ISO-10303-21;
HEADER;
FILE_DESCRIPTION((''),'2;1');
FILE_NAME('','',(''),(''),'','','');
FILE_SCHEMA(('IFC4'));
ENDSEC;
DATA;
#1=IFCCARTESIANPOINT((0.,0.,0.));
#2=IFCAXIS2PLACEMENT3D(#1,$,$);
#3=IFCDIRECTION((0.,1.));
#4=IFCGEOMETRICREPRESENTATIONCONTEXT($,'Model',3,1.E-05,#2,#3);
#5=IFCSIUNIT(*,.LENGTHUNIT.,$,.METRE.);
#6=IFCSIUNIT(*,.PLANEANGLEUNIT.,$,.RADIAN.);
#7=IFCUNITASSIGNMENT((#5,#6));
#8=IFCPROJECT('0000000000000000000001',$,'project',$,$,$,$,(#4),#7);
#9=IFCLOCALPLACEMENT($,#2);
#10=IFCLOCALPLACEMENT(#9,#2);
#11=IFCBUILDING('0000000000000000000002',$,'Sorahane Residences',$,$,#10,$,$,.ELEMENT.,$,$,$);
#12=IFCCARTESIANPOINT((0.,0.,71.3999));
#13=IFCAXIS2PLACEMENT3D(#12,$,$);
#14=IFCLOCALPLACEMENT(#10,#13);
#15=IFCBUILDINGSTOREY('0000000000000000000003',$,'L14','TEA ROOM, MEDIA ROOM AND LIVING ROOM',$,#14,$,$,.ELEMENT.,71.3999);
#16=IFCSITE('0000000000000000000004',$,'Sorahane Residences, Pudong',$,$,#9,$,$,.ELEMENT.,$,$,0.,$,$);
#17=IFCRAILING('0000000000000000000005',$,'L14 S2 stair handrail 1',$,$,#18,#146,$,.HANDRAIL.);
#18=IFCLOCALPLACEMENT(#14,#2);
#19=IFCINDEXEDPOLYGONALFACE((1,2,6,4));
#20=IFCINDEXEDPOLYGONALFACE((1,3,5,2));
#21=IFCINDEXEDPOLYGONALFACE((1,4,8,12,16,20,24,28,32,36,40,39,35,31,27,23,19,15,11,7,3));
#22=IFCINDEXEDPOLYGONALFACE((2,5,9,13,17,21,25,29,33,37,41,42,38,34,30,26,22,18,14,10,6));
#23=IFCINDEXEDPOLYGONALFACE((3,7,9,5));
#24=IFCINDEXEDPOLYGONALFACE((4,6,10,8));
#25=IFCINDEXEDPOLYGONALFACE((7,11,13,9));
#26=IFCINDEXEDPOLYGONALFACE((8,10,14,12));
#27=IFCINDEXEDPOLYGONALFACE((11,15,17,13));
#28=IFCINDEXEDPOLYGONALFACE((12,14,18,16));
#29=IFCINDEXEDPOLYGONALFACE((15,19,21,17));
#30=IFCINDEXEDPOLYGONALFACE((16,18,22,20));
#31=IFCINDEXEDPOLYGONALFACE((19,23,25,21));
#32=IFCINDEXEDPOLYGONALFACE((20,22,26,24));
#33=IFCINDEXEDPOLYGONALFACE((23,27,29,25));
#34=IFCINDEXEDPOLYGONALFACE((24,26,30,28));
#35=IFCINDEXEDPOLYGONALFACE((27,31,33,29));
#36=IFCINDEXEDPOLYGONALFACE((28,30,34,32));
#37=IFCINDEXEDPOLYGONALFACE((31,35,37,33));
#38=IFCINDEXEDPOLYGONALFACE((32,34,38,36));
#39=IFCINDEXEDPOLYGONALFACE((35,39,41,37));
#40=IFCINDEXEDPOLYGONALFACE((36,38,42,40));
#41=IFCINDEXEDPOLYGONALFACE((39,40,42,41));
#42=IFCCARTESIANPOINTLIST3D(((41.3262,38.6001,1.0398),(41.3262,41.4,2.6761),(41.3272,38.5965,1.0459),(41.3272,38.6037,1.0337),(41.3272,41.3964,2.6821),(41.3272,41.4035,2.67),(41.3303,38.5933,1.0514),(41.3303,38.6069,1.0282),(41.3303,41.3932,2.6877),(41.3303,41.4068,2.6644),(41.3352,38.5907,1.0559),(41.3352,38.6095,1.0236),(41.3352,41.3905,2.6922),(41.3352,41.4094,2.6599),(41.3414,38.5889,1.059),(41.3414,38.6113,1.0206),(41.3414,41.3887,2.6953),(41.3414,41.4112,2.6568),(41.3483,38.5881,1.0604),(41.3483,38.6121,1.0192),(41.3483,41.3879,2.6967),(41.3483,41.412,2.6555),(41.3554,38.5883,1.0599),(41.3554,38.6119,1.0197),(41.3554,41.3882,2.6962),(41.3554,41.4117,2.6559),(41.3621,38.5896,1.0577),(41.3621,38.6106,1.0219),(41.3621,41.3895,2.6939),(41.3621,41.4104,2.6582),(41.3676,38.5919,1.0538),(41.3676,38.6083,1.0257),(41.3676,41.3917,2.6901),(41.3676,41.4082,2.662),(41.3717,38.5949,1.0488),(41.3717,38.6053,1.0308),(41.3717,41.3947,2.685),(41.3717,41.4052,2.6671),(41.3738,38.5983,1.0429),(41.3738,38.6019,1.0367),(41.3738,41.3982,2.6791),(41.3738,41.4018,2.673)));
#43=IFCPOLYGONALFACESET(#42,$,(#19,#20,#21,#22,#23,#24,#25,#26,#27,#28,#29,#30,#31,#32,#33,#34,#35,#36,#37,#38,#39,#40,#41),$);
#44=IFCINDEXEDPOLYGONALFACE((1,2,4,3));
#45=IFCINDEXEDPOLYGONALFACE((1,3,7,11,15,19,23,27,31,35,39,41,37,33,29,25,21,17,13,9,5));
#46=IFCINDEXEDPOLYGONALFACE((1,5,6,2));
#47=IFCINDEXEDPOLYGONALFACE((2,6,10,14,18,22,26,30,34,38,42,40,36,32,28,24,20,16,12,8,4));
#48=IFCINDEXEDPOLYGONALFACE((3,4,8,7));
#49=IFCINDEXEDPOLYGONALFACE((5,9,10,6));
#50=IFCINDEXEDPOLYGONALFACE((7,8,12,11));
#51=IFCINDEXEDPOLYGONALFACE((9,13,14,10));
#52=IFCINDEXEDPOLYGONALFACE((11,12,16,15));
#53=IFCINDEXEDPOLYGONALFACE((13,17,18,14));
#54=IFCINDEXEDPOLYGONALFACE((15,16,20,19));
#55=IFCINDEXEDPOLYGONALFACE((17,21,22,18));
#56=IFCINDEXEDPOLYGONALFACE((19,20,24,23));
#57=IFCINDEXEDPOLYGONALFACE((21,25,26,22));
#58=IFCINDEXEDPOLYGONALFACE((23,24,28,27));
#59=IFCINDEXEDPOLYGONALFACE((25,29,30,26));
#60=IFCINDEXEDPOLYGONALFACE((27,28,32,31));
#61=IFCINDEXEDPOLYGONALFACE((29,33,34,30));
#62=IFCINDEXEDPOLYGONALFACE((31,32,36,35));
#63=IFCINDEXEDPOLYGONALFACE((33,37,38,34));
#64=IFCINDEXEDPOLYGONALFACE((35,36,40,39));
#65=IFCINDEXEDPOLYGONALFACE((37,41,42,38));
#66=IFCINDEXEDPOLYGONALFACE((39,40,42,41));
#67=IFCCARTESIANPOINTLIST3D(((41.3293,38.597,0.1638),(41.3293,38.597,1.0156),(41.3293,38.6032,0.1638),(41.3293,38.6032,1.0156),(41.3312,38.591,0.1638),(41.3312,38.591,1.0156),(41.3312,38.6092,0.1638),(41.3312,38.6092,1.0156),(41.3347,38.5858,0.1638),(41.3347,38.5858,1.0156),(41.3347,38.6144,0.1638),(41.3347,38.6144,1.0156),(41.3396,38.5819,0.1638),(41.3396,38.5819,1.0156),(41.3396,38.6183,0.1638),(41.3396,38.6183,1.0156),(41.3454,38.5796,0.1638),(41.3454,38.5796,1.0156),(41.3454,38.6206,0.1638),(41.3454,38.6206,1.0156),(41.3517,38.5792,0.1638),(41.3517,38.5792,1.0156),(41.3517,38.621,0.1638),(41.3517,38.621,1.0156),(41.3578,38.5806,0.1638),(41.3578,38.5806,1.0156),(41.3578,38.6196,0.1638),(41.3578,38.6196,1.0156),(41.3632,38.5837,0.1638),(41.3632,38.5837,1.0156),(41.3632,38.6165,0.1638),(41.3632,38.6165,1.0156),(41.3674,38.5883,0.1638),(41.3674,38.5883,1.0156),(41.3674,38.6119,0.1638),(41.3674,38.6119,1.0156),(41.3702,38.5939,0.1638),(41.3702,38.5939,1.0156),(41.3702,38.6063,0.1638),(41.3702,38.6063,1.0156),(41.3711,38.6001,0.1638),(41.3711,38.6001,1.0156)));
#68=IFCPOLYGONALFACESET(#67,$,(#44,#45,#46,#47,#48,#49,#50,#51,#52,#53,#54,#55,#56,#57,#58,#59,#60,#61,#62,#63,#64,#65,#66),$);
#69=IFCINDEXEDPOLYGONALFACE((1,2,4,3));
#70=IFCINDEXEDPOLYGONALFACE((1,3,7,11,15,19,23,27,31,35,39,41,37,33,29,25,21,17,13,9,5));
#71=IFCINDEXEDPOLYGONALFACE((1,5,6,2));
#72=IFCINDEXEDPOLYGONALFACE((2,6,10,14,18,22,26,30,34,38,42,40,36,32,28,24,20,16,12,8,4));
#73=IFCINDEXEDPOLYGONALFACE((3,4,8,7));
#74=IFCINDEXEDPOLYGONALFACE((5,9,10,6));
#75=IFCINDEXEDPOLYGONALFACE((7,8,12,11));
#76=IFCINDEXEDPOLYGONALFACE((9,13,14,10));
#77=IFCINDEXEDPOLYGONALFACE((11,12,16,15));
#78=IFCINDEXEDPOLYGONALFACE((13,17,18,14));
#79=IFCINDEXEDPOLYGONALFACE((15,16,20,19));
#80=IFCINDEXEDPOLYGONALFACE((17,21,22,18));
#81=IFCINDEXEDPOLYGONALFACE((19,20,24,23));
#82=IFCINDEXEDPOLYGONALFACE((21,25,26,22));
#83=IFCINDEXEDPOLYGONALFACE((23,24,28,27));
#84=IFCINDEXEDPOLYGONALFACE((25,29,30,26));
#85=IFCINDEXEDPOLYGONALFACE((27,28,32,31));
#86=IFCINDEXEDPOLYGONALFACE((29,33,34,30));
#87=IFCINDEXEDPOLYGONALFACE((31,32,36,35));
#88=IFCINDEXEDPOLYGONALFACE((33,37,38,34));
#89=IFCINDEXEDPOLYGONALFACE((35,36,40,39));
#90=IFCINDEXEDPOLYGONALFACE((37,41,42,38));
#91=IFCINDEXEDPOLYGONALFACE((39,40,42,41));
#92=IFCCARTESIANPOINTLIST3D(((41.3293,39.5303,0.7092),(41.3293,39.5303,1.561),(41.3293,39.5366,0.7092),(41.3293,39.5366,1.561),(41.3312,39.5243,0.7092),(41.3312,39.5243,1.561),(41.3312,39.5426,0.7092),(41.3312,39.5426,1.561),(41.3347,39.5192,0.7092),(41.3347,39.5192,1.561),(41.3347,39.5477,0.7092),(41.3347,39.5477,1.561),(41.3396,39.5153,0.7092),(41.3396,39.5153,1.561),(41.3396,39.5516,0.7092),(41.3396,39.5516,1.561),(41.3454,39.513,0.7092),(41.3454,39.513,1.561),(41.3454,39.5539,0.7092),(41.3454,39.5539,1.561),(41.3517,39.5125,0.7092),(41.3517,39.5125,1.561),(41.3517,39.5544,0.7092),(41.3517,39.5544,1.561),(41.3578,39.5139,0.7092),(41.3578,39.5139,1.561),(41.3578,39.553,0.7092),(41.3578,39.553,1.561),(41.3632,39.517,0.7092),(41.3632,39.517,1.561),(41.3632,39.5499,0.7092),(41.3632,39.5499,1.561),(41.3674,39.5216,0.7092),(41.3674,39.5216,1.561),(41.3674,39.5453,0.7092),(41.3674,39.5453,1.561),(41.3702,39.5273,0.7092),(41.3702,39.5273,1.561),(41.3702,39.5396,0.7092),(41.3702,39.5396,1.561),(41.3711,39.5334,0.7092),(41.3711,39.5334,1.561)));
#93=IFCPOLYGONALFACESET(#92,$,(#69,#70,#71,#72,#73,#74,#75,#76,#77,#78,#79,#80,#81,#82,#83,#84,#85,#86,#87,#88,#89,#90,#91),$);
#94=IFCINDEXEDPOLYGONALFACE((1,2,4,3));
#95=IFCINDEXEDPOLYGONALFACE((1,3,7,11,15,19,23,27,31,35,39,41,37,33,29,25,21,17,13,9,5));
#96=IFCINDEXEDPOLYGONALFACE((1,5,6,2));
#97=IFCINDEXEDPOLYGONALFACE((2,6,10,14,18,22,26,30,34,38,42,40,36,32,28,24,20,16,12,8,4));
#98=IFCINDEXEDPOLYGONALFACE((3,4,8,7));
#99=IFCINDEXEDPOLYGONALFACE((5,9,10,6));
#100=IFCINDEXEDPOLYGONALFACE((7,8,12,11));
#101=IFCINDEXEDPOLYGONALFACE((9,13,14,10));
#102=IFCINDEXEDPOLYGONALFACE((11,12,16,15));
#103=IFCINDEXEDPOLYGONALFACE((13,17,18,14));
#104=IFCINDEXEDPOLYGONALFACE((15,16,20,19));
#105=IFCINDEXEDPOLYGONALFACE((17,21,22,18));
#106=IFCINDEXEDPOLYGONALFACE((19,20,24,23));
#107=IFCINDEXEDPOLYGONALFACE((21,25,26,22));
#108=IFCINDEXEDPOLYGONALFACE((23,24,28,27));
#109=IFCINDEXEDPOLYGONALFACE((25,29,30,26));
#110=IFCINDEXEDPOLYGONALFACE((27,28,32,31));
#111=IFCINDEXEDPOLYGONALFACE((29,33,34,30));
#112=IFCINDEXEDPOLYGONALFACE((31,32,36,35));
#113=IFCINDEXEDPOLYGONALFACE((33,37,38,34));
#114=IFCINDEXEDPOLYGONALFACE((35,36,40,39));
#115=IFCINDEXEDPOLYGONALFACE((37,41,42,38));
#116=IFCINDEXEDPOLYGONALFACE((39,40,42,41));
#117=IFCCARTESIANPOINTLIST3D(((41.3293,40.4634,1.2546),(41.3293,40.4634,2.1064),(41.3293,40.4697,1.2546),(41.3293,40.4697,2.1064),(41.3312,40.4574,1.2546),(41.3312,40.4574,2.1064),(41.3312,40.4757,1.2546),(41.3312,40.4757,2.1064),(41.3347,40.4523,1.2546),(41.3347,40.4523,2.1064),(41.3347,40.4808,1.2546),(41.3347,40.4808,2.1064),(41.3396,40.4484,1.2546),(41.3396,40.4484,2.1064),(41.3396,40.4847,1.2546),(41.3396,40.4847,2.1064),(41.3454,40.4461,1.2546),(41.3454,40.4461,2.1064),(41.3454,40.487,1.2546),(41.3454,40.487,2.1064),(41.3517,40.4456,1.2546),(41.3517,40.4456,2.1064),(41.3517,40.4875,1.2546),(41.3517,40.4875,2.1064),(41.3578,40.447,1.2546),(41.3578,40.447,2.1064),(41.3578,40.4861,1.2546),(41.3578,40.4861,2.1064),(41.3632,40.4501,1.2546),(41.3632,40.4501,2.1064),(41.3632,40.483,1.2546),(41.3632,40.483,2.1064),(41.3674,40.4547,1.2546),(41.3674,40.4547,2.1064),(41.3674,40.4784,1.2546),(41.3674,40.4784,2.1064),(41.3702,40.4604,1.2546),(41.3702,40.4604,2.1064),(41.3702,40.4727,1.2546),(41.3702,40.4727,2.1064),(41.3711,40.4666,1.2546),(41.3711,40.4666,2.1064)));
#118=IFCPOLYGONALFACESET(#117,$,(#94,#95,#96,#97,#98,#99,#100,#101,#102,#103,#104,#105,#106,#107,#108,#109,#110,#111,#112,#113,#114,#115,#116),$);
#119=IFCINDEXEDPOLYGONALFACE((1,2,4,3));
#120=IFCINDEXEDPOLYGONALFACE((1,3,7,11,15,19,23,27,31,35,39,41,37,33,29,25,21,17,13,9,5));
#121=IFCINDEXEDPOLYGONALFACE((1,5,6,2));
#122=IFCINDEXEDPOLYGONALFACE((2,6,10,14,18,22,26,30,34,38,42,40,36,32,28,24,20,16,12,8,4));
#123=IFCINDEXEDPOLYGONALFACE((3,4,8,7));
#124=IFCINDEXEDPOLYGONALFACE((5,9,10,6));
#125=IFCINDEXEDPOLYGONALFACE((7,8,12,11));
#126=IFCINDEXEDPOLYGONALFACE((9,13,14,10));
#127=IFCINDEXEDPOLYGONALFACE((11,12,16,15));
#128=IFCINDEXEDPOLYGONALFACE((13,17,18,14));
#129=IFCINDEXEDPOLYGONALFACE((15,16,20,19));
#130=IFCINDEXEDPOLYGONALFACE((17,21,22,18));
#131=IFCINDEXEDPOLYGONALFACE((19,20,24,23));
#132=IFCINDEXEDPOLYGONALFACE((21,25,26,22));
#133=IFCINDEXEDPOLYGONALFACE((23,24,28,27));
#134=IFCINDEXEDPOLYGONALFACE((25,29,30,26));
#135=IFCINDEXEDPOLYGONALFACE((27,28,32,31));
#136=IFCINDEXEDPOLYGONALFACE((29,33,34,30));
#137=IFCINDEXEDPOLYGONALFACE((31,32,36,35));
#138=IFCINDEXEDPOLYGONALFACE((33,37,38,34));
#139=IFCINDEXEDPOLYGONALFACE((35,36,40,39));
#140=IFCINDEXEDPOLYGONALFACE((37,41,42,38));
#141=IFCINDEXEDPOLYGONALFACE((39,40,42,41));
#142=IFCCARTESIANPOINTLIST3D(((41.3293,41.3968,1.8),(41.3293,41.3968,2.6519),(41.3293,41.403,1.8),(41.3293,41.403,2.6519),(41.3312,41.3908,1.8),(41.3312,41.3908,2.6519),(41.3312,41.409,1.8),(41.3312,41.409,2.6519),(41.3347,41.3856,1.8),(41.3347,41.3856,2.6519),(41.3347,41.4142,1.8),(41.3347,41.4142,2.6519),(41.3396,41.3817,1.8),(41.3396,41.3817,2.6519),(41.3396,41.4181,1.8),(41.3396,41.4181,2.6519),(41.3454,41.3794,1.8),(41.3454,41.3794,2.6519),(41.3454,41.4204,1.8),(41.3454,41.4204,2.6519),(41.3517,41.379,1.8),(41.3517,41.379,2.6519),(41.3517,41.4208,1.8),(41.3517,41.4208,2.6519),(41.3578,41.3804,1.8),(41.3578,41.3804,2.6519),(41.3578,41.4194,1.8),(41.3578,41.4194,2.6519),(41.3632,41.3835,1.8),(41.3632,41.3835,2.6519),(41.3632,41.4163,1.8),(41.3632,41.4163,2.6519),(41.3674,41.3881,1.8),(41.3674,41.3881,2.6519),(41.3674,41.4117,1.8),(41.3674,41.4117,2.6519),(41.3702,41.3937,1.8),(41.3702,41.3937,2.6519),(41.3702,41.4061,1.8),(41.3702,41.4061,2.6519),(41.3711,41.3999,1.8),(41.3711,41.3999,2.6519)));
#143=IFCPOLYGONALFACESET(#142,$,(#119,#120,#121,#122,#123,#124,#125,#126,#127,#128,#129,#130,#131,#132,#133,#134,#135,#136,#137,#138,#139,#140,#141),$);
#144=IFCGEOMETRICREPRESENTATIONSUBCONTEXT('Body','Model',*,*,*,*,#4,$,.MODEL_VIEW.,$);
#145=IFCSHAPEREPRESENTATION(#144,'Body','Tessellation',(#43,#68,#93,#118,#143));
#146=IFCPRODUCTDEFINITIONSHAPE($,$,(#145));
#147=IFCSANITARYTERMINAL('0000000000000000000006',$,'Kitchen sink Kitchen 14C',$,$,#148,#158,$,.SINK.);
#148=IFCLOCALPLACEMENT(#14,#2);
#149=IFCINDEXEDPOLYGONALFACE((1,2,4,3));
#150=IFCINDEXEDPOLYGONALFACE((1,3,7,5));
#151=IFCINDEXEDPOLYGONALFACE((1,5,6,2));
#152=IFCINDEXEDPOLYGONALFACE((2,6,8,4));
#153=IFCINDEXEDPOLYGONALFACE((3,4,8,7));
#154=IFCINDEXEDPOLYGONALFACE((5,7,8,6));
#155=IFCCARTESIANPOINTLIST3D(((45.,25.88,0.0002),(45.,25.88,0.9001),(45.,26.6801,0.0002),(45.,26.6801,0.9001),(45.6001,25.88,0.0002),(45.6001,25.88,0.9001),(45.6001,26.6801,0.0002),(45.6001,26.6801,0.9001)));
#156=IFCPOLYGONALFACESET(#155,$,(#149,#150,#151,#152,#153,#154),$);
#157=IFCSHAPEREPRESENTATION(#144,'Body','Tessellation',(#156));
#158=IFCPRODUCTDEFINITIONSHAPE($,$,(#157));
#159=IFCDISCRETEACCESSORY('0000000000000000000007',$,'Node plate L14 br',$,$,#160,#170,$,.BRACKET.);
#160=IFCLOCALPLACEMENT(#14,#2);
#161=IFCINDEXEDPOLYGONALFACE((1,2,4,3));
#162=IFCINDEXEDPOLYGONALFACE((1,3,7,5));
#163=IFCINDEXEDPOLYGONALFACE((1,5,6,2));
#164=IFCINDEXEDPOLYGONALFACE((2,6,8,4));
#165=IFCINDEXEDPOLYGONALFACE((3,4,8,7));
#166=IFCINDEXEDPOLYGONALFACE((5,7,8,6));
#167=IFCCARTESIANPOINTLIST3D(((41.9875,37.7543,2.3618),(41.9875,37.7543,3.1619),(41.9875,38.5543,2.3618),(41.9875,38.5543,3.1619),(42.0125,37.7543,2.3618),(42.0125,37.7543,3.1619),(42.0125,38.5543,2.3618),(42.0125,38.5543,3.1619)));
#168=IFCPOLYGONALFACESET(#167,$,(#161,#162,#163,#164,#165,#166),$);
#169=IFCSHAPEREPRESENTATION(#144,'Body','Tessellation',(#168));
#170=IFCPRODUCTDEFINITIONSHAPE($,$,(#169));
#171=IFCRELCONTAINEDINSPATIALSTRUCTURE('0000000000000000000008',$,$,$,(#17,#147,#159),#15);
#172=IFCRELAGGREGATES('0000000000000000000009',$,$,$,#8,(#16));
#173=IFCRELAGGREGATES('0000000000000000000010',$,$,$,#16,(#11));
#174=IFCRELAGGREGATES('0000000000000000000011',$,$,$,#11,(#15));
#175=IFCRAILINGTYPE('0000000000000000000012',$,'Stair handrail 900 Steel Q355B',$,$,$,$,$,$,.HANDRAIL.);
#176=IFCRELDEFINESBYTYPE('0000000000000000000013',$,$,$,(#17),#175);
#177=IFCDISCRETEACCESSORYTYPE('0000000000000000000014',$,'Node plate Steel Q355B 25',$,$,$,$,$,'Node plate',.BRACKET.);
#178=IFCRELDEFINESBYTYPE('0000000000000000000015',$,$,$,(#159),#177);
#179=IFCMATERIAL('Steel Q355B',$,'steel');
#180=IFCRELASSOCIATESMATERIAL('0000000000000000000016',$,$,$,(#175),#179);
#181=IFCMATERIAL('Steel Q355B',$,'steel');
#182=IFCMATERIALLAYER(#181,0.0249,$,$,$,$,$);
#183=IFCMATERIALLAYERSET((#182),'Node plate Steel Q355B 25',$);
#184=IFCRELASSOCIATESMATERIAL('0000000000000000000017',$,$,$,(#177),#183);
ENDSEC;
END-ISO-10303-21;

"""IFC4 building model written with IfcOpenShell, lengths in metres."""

from ifc_helpers import new_model, si_unit, direction, frame, origin, origin_2d, place, context, subcontext, project, spatial, rectangle, circle, extrude, material, layer, layer_set, type_object, element, save


model = new_model("IFC4")

# Units and contexts
model_context = context("Model", 3, precision=1e-05, world=origin(), true_north=direction((0.0, 1.0)))
body_context = subcontext(model_context, "Body", "Model", "MODEL_VIEW")
ifc_project = project(units=[si_unit("LENGTHUNIT", "METRE"), si_unit("PLANEANGLEUNIT", "RADIAN")], contexts=[model_context])

# Site, building, storey
site_placement = place(None, origin())
site = spatial("IfcSite", under=ifc_project, at=site_placement, Name="Sorahane Residences, Pudong", CompositionType="ELEMENT", RefElevation=0.0)
building_placement = place(site_placement, origin())
building = spatial("IfcBuilding", under=site, at=building_placement, Name="Sorahane Residences", CompositionType="ELEMENT")
storey_placement = place(building_placement, frame((0.0, 0.0, 71.3999)))
storey = spatial("IfcBuildingStorey", under=building, at=storey_placement, Name="L14", Description="TEA ROOM, MEDIA ROOM AND LIVING ROOM", CompositionType="ELEMENT", Elevation=71.3999)

# Railing
ifc_material_1 = material(Name="Steel Q355B", Category="steel")
railing_type_1 = type_object("IfcRailingType", Name="Stair handrail 900 Steel Q355B", PredefinedType="HANDRAIL", material=ifc_material_1)
railing_1_placement = place(storey_placement, frame((41.3501, 38.6001, 0.1638)))
element("IfcRailing", 1, at=railing_1_placement, inside=storey, type_object=railing_type_1, Name="L14 S2 stair handrail 1", PredefinedType="HANDRAIL", context=body_context, shape_type="SweptSolid", body=[
    extrude(circle(Radius=0.0239, at=origin_2d()), frame((0.0, 0.0, 0.876), z_axis=(0.0, 0.863374, 0.504564), x_axis=(-1.0, 0.0, 0.0)), (0.0, 0.0, 1.0), 3.2429),
    extrude(circle(Radius=0.021, at=origin_2d()), origin(), (0.0, 0.0, 1.0), 0.8518),
    extrude(circle(Radius=0.021, at=origin_2d()), frame((0.0, 0.9333, 0.5454)), (0.0, 0.0, 1.0), 0.8518),
    extrude(circle(Radius=0.021, at=origin_2d()), frame((0.0, 1.8665, 1.0908)), (0.0, 0.0, 1.0), 0.8518),
    extrude(circle(Radius=0.021, at=origin_2d()), frame((0.0, 2.7998, 1.6362)), (0.0, 0.0, 1.0), 0.8518),
])

# Sanitary terminal
sanitary_terminal_placement = place(storey_placement, frame((45.3, 26.28, 0.0002), z_axis=(0.0, 0.0, 1.0), x_axis=(0.0, 1.0, 0.0)))
element("IfcSanitaryTerminal", 2, at=sanitary_terminal_placement, inside=storey, Name="Kitchen sink Kitchen 14C", PredefinedType="SINK", context=body_context, shape_type="SweptSolid", body=[
    extrude(rectangle(XDim=0.8, YDim=0.6001, at=origin_2d()), origin(), (0.0, 0.0, 1.0), 0.8999),
])

# Discrete accessory
ifc_material_2 = material(Name="Steel Q355B", Category="steel")
ifc_layer_1 = layer(ifc_material_2, 0.0249)
ifc_layer_set_1 = layer_set([ifc_layer_1], Name="Node plate Steel Q355B 25")
discrete_accessory_type = type_object("IfcDiscreteAccessoryType", Name="Node plate Steel Q355B 25", ElementType="Node plate", PredefinedType="BRACKET", material=ifc_layer_set_1)
discrete_accessory_placement = place(storey_placement, frame((42.0, 38.1543, 2.3618), z_axis=(0.0, 0.0, 1.0), x_axis=(0.0, 1.0, 0.0)))
element("IfcDiscreteAccessory", 3, at=discrete_accessory_placement, inside=storey, type_object=discrete_accessory_type, Name="Node plate L14 br", PredefinedType="BRACKET", context=body_context, shape_type="SweptSolid", body=[
    extrude(rectangle(XDim=0.8, YDim=0.0249, at=origin_2d()), origin(), (0.0, 0.0, 1.0), 0.8),
])

save(model, "model.ifc")
